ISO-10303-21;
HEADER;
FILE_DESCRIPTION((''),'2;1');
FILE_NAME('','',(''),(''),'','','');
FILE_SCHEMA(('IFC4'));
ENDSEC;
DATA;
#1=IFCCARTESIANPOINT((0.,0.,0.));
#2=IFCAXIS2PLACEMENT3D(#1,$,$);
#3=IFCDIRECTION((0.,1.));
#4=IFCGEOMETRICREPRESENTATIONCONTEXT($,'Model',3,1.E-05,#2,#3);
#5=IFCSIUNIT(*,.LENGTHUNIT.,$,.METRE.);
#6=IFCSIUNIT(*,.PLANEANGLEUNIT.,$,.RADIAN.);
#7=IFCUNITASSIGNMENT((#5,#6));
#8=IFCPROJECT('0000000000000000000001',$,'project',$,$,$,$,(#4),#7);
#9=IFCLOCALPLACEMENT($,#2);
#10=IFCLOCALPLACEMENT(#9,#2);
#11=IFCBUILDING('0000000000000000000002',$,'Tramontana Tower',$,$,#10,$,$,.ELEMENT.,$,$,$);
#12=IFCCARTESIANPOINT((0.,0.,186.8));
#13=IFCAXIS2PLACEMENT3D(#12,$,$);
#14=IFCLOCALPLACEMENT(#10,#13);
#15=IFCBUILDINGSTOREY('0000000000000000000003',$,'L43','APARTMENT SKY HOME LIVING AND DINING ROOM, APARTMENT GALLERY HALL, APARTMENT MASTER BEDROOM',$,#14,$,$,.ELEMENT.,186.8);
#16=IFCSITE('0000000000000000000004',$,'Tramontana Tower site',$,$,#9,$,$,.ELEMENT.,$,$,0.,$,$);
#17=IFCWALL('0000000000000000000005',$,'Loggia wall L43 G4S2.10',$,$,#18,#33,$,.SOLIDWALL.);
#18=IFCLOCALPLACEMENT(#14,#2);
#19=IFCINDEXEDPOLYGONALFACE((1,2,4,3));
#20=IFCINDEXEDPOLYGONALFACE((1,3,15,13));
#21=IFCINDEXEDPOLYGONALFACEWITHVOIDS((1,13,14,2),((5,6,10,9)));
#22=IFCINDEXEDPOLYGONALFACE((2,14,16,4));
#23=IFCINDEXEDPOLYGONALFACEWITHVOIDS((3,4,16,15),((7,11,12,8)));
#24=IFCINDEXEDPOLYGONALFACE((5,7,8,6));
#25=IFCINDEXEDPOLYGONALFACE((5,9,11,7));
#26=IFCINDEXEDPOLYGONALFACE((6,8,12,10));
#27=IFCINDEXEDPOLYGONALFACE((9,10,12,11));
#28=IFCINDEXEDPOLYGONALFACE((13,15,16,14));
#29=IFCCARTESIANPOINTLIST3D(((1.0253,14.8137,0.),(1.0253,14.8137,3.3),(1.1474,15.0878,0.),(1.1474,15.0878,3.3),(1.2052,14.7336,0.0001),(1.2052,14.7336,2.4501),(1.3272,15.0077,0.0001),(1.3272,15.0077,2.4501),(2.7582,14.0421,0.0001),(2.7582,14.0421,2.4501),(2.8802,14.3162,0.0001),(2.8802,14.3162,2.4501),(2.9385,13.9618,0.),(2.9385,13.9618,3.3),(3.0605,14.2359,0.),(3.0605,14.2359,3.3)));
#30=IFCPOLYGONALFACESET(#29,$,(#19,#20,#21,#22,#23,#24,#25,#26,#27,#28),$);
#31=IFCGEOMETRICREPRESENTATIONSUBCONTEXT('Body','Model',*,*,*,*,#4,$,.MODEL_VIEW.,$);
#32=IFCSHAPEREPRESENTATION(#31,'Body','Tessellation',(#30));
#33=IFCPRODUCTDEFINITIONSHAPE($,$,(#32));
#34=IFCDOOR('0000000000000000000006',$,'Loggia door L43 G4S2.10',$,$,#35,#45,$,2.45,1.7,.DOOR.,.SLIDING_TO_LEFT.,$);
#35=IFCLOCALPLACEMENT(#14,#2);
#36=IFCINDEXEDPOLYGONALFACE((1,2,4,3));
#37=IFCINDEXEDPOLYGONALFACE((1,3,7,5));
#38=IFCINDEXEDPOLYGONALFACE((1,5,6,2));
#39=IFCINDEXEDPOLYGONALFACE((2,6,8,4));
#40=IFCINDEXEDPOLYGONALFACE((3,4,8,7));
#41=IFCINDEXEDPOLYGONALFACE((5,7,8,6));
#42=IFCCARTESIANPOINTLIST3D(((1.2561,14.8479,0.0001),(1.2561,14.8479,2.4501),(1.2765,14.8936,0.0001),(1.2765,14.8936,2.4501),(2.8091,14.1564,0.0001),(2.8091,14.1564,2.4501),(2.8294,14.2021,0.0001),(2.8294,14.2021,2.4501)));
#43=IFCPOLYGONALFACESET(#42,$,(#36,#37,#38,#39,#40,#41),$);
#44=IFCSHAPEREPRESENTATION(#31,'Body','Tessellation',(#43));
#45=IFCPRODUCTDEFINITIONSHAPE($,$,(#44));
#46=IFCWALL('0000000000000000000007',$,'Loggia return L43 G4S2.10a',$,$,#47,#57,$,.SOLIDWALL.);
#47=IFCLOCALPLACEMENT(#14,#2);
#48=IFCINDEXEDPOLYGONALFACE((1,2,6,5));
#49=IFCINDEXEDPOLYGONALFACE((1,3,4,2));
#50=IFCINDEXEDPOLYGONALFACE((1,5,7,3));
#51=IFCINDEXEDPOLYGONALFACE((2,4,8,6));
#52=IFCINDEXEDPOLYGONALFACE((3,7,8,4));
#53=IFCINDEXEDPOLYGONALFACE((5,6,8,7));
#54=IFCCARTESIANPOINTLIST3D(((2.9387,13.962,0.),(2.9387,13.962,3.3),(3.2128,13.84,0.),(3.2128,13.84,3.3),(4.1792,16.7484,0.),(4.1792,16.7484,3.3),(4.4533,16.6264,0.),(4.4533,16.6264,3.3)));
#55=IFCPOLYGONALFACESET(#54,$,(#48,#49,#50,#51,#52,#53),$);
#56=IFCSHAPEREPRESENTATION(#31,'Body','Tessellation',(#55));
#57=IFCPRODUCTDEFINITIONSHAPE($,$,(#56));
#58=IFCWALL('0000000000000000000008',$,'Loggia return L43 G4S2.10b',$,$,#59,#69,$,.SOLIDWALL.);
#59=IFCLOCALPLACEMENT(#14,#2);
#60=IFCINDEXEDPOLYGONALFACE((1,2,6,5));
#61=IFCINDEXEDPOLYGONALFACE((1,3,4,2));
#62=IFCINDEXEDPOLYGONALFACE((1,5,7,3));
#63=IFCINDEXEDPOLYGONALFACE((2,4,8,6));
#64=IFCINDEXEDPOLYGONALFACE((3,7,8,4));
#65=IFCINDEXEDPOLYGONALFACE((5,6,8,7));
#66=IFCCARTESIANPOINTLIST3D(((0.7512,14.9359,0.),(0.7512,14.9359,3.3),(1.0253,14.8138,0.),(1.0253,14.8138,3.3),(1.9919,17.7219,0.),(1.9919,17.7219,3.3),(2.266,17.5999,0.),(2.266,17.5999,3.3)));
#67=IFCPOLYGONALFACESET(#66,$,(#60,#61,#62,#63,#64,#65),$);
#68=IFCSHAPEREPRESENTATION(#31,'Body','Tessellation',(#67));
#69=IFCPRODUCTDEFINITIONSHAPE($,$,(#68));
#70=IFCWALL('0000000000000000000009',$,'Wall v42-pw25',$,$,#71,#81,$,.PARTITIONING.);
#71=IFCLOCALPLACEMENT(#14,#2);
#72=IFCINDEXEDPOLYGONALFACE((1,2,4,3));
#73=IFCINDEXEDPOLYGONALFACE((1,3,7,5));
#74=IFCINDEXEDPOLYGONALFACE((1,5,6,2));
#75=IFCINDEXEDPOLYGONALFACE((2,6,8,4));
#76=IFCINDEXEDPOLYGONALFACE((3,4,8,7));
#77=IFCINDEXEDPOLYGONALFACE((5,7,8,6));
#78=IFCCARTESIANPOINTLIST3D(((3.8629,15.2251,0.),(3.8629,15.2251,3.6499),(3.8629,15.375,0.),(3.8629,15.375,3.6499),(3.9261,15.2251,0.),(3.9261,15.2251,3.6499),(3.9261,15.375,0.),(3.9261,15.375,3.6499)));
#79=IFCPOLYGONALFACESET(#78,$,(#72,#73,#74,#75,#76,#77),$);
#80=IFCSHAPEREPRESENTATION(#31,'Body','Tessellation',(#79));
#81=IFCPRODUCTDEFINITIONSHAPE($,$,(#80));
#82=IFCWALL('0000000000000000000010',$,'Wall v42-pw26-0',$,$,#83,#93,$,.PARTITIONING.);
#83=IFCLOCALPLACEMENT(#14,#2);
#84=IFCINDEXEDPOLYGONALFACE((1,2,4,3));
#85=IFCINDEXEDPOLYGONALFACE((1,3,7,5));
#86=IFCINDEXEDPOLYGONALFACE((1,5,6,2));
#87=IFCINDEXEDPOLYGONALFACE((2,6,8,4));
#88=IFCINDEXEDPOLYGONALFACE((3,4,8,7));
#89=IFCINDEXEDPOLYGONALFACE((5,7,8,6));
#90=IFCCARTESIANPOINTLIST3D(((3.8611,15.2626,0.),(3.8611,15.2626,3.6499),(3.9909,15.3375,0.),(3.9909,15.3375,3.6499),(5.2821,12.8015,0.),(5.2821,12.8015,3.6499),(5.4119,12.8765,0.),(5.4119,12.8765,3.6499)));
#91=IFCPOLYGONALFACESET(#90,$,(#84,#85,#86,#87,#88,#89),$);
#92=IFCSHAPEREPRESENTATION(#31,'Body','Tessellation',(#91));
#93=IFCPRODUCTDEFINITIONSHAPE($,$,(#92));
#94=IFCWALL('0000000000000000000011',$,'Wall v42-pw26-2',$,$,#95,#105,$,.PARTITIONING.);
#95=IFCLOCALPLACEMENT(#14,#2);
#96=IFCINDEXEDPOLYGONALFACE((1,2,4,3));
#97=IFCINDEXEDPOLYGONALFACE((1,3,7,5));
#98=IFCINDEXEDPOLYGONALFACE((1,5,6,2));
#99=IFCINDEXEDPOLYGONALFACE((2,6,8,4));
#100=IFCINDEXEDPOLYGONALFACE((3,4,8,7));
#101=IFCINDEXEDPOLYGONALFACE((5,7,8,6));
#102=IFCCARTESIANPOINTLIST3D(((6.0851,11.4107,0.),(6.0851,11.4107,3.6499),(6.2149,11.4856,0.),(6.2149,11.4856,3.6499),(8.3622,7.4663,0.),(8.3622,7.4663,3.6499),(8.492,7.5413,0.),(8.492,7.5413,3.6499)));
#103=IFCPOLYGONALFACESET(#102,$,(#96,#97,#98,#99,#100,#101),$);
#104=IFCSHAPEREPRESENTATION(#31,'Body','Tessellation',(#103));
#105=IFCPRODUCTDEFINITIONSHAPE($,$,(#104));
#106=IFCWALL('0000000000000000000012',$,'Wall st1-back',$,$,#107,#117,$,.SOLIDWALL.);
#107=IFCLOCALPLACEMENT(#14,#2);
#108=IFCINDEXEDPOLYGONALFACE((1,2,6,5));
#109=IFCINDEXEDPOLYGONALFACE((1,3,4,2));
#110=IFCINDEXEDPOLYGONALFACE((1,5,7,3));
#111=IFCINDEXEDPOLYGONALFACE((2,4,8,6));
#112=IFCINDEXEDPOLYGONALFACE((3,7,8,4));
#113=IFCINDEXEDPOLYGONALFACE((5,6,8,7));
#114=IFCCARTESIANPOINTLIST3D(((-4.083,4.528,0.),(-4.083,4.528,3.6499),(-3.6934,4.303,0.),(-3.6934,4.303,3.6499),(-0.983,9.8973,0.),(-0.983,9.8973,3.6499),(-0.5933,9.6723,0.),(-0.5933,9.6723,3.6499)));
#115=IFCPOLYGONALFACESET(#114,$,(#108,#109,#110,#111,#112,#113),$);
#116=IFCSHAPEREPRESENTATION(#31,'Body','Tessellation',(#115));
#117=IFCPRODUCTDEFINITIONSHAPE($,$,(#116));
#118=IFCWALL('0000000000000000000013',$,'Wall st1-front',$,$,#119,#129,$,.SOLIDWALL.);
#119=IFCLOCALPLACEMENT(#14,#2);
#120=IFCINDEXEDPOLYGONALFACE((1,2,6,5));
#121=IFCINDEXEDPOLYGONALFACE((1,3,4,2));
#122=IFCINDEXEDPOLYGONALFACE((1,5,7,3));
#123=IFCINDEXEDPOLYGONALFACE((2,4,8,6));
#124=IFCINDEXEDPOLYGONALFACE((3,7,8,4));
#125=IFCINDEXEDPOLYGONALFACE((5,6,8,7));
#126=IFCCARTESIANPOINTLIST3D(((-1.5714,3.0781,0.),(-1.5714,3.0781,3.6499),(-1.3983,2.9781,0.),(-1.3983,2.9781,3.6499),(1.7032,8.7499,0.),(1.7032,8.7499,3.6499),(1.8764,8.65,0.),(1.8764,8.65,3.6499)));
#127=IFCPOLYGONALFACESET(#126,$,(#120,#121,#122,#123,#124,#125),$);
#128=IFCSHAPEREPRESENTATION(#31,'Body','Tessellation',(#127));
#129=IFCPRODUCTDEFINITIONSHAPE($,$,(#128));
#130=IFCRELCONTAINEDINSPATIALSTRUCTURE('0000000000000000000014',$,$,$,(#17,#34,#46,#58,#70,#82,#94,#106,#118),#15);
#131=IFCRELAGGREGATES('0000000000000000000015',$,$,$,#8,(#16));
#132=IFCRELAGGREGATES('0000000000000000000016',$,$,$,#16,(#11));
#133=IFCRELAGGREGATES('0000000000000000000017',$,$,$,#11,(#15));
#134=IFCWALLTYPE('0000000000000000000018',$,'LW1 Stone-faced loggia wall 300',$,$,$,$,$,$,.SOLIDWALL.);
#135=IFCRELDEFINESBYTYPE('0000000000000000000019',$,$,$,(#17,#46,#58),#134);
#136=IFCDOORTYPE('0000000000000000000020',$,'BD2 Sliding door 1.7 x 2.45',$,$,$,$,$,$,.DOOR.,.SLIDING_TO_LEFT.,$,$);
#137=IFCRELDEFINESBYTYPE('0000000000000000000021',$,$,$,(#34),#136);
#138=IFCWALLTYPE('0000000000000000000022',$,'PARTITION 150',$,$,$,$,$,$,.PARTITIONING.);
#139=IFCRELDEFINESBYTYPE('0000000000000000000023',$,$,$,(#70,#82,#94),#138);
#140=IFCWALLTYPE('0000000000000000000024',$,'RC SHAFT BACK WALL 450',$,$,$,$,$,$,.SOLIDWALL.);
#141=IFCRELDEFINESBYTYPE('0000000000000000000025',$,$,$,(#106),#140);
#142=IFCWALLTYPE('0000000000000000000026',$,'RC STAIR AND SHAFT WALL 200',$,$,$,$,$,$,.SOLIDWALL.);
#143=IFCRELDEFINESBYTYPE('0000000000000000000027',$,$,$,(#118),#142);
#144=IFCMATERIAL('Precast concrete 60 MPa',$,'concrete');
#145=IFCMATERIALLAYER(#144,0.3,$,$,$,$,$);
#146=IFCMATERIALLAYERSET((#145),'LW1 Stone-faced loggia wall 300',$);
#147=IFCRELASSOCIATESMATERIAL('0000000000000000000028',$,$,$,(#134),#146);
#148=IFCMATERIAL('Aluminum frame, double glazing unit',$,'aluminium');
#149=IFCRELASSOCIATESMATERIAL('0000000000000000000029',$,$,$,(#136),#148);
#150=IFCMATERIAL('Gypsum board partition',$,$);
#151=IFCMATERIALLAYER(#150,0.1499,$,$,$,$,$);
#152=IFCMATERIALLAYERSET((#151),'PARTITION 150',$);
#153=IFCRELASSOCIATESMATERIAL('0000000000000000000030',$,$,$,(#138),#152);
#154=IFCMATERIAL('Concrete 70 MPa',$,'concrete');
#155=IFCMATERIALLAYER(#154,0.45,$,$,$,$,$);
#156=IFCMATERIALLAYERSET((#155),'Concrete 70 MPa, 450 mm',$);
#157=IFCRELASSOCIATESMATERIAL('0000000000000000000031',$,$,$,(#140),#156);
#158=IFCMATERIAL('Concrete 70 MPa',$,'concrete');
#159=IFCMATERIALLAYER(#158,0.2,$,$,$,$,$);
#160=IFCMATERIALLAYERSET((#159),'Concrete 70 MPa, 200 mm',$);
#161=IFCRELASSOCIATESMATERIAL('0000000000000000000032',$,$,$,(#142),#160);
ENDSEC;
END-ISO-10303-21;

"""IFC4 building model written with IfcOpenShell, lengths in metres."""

from ifc_helpers import new_model, si_unit, direction, frame, frame_2d, origin, place, context, subcontext, project, spatial, rectangle, extrude, material, layer, layer_set, type_object, element, fill, save


model = new_model("IFC4")

# Units and contexts
model_context = context("Model", 3, precision=1e-05, world=origin(), true_north=direction((0.0, 1.0)))
body_context = subcontext(model_context, "Body", "Model", "MODEL_VIEW")
ifc_project = project(units=[si_unit("LENGTHUNIT", "METRE"), si_unit("PLANEANGLEUNIT", "RADIAN")], contexts=[model_context])

# Site, building, storey
site_placement = place(None, origin())
site = spatial("IfcSite", under=ifc_project, at=site_placement, Name="Tramontana Tower site", CompositionType="ELEMENT", RefElevation=0.0)
building_placement = place(site_placement, origin())
building = spatial("IfcBuilding", under=site, at=building_placement, Name="Tramontana Tower", CompositionType="ELEMENT")
storey_placement = place(building_placement, frame((0.0, 0.0, 186.8)))
storey = spatial("IfcBuildingStorey", under=building, at=storey_placement, Name="L43", Description="APARTMENT SKY HOME LIVING AND DINING ROOM, APARTMENT GALLERY HALL, APARTMENT MASTER BEDROOM", CompositionType="ELEMENT", Elevation=186.8)

# Wall, opening, door
ifc_material_1 = material(Name="Precast concrete 60 MPa", Category="concrete")
ifc_layer_1 = layer(ifc_material_1, 0.3)
ifc_layer_set_1 = layer_set([ifc_layer_1], Name="LW1 Stone-faced loggia wall 300")
wall_type_1 = type_object("IfcWallType", Name="LW1 Stone-faced loggia wall 300", PredefinedType="SOLIDWALL", material=ifc_layer_set_1)
wall_1_placement = place(storey_placement, frame((2.9995, 14.0989, 0.0), z_axis=(0.0, 0.0, 1.0), x_axis=(-0.913537, 0.406755, 0.0)))
wall_1 = element("IfcWall", 1, at=wall_1_placement, inside=storey, type_object=wall_type_1, Name="Loggia wall L43 G4S2.10", PredefinedType="SOLIDWALL", context=body_context, shape_type="SweptSolid", body=[
    extrude(rectangle(XDim=2.0942, YDim=0.3, at=frame_2d((1.0471, 0.0))), origin(), (0.0, 0.0, 1.0), 3.3),
])
opening_1_placement = place(wall_1_placement, frame((0.1973, 0.0, 0.0)))
opening_1 = element("IfcOpeningElement", 2, at=opening_1_placement, cuts=wall_1, PredefinedType="OPENING", context=body_context, shape_type="SweptSolid", body=[
    extrude(rectangle(XDim=1.7, YDim=2.45, at=frame_2d((0.8501, 1.2251))), frame((0.0, 0.1599, 0.0), z_axis=(0.0, -1.0, 0.0), x_axis=(1.0, 0.0, 0.0)), (0.0, 0.0, 1.0), 0.3201),
])
ifc_material_2 = material(Name="Aluminum frame, double glazing unit", Category="aluminium")
door_type_1 = type_object("IfcDoorType", Name="BD2 Sliding door 1.7 x 2.45", OperationType="SLIDING_TO_LEFT", PredefinedType="DOOR", material=ifc_material_2)
door_1_placement = place(opening_1_placement, origin())
door_1 = element("IfcDoor", 3, at=door_1_placement, inside=storey, type_object=door_type_1, Name="Loggia door L43 G4S2.10", OperationType="SLIDING_TO_LEFT", OverallHeight=2.45, OverallWidth=1.7, PredefinedType="DOOR", context=body_context, shape_type="SweptSolid", body=[
    extrude(rectangle(XDim=1.7, YDim=2.45, at=frame_2d((0.8501, 1.2251))), frame((0.0, 0.0249, 0.0), z_axis=(0.0, -1.0, 0.0), x_axis=(1.0, 0.0, 0.0)), (0.0, 0.0, 1.0), 0.05),
])
fill(opening_1, door_1)

# Walls
wall_2_placement = place(storey_placement, frame((4.3162, 16.6873, 0.0), z_axis=(0.0, 0.0, 1.0), x_axis=(-0.40671, -0.913557, 0.0)))
element("IfcWall", 4, at=wall_2_placement, inside=storey, type_object=wall_type_1, Name="Loggia return L43 G4S2.10a", PredefinedType="SOLIDWALL", context=body_context, shape_type="SweptSolid", body=[
    extrude(rectangle(XDim=3.05, YDim=0.3, at=frame_2d((1.5249, 0.0))), origin(), (0.0, 0.0, 1.0), 3.3),
])
wall_3_placement = place(storey_placement, frame((2.1289, 17.6609, 0.0), z_axis=(0.0, 0.0, 1.0), x_axis=(-0.406807, -0.913514, 0.0)))
element("IfcWall", 5, at=wall_3_placement, inside=storey, type_object=wall_type_1, Name="Loggia return L43 G4S2.10b", PredefinedType="SOLIDWALL", context=body_context, shape_type="SweptSolid", body=[
    extrude(rectangle(XDim=3.0498, YDim=0.3, at=frame_2d((1.5249, 0.0))), origin(), (0.0, 0.0, 1.0), 3.3),
])
ifc_material_3 = material(Name="Gypsum board partition")
ifc_layer_2 = layer(ifc_material_3, 0.1499)
ifc_layer_set_2 = layer_set([ifc_layer_2], Name="PARTITION 150")
wall_type_2 = type_object("IfcWallType", Name="PARTITION 150", PredefinedType="PARTITIONING", material=ifc_layer_set_2)
wall_4_placement = place(storey_placement, frame((3.8628, 15.3, 0.0), z_axis=(0.0, 0.0, 1.0), x_axis=(1.0, 0.0, 0.0)))
element("IfcWall", 6, at=wall_4_placement, inside=storey, type_object=wall_type_2, Name="Wall v42-pw25", PredefinedType="PARTITIONING", context=body_context, shape_type="SweptSolid", body=[
    extrude(rectangle(XDim=0.0632, YDim=0.1499, at=frame_2d((0.0317, 0.0))), origin(), (0.0, 0.0, 1.0), 3.6499),
])
wall_5_placement = place(storey_placement, frame((3.926, 15.3, 0.0), z_axis=(0.0, 0.0, 1.0), x_axis=(0.50002, -0.866014, 0.0)))
element("IfcWall", 7, at=wall_5_placement, inside=storey, type_object=wall_type_2, Name="Wall v42-pw26-0", PredefinedType="PARTITIONING", context=body_context, shape_type="SweptSolid", body=[
    extrude(rectangle(XDim=2.8418, YDim=0.1499, at=frame_2d((1.4209, 0.0))), origin(), (0.0, 0.0, 1.0), 3.6499),
])

# Walls
wall_6_placement = place(storey_placement, frame((6.1499, 11.4482, 0.0), z_axis=(0.0, 0.0, 1.0), x_axis=(0.499973, -0.866041, 0.0)))
element("IfcWall", 8, at=wall_6_placement, inside=storey, type_object=wall_type_2, Name="Wall v42-pw26-2", PredefinedType="PARTITIONING", context=body_context, shape_type="SweptSolid", body=[
    extrude(rectangle(XDim=4.5544, YDim=0.1499, at=frame_2d((2.2773, 0.0))), origin(), (0.0, 0.0, 1.0), 3.6499),
])
ifc_material_4 = material(Name="Concrete 70 MPa", Category="concrete")
ifc_layer_3 = layer(ifc_material_4, 0.45)
ifc_layer_set_3 = layer_set([ifc_layer_3], Name="Concrete 70 MPa, 450 mm")
wall_type_3 = type_object("IfcWallType", Name="RC SHAFT BACK WALL 450", PredefinedType="SOLIDWALL", material=ifc_layer_set_3)
wall_7_placement = place(storey_placement, frame((-0.7881, 9.7849, 0.0), z_axis=(0.0, 0.0, 1.0), x_axis=(-0.50001, -0.86602, 0.0)))
element("IfcWall", 9, at=wall_7_placement, inside=storey, type_object=wall_type_3, Name="Wall st1-back", PredefinedType="SOLIDWALL", context=body_context, shape_type="SweptSolid", body=[
    extrude(rectangle(XDim=6.2, YDim=0.45, at=frame_2d((3.1001, 0.0))), origin(), (0.0, 0.0, 1.0), 3.6499),
])
ifc_material_5 = material(Name="Concrete 70 MPa", Category="concrete")
ifc_layer_4 = layer(ifc_material_5, 0.2)
ifc_layer_set_4 = layer_set([ifc_layer_4], Name="Concrete 70 MPa, 200 mm")
wall_type_4 = type_object("IfcWallType", Name="RC STAIR AND SHAFT WALL 200", PredefinedType="SOLIDWALL", material=ifc_layer_set_4)
wall_8_placement = place(storey_placement, frame((1.7898, 8.7, 0.0), z_axis=(0.0, 0.0, 1.0), x_axis=(-0.5, -0.866025, 0.0)))
element("IfcWall", 10, at=wall_8_placement, inside=storey, type_object=wall_type_4, Name="Wall st1-front", PredefinedType="SOLIDWALL", context=body_context, shape_type="SweptSolid", body=[
    extrude(rectangle(XDim=6.5493, YDim=0.2, at=frame_2d((3.2747, 0.0))), origin(), (0.0, 0.0, 1.0), 3.6499),
])

save(model, "model.ifc")
